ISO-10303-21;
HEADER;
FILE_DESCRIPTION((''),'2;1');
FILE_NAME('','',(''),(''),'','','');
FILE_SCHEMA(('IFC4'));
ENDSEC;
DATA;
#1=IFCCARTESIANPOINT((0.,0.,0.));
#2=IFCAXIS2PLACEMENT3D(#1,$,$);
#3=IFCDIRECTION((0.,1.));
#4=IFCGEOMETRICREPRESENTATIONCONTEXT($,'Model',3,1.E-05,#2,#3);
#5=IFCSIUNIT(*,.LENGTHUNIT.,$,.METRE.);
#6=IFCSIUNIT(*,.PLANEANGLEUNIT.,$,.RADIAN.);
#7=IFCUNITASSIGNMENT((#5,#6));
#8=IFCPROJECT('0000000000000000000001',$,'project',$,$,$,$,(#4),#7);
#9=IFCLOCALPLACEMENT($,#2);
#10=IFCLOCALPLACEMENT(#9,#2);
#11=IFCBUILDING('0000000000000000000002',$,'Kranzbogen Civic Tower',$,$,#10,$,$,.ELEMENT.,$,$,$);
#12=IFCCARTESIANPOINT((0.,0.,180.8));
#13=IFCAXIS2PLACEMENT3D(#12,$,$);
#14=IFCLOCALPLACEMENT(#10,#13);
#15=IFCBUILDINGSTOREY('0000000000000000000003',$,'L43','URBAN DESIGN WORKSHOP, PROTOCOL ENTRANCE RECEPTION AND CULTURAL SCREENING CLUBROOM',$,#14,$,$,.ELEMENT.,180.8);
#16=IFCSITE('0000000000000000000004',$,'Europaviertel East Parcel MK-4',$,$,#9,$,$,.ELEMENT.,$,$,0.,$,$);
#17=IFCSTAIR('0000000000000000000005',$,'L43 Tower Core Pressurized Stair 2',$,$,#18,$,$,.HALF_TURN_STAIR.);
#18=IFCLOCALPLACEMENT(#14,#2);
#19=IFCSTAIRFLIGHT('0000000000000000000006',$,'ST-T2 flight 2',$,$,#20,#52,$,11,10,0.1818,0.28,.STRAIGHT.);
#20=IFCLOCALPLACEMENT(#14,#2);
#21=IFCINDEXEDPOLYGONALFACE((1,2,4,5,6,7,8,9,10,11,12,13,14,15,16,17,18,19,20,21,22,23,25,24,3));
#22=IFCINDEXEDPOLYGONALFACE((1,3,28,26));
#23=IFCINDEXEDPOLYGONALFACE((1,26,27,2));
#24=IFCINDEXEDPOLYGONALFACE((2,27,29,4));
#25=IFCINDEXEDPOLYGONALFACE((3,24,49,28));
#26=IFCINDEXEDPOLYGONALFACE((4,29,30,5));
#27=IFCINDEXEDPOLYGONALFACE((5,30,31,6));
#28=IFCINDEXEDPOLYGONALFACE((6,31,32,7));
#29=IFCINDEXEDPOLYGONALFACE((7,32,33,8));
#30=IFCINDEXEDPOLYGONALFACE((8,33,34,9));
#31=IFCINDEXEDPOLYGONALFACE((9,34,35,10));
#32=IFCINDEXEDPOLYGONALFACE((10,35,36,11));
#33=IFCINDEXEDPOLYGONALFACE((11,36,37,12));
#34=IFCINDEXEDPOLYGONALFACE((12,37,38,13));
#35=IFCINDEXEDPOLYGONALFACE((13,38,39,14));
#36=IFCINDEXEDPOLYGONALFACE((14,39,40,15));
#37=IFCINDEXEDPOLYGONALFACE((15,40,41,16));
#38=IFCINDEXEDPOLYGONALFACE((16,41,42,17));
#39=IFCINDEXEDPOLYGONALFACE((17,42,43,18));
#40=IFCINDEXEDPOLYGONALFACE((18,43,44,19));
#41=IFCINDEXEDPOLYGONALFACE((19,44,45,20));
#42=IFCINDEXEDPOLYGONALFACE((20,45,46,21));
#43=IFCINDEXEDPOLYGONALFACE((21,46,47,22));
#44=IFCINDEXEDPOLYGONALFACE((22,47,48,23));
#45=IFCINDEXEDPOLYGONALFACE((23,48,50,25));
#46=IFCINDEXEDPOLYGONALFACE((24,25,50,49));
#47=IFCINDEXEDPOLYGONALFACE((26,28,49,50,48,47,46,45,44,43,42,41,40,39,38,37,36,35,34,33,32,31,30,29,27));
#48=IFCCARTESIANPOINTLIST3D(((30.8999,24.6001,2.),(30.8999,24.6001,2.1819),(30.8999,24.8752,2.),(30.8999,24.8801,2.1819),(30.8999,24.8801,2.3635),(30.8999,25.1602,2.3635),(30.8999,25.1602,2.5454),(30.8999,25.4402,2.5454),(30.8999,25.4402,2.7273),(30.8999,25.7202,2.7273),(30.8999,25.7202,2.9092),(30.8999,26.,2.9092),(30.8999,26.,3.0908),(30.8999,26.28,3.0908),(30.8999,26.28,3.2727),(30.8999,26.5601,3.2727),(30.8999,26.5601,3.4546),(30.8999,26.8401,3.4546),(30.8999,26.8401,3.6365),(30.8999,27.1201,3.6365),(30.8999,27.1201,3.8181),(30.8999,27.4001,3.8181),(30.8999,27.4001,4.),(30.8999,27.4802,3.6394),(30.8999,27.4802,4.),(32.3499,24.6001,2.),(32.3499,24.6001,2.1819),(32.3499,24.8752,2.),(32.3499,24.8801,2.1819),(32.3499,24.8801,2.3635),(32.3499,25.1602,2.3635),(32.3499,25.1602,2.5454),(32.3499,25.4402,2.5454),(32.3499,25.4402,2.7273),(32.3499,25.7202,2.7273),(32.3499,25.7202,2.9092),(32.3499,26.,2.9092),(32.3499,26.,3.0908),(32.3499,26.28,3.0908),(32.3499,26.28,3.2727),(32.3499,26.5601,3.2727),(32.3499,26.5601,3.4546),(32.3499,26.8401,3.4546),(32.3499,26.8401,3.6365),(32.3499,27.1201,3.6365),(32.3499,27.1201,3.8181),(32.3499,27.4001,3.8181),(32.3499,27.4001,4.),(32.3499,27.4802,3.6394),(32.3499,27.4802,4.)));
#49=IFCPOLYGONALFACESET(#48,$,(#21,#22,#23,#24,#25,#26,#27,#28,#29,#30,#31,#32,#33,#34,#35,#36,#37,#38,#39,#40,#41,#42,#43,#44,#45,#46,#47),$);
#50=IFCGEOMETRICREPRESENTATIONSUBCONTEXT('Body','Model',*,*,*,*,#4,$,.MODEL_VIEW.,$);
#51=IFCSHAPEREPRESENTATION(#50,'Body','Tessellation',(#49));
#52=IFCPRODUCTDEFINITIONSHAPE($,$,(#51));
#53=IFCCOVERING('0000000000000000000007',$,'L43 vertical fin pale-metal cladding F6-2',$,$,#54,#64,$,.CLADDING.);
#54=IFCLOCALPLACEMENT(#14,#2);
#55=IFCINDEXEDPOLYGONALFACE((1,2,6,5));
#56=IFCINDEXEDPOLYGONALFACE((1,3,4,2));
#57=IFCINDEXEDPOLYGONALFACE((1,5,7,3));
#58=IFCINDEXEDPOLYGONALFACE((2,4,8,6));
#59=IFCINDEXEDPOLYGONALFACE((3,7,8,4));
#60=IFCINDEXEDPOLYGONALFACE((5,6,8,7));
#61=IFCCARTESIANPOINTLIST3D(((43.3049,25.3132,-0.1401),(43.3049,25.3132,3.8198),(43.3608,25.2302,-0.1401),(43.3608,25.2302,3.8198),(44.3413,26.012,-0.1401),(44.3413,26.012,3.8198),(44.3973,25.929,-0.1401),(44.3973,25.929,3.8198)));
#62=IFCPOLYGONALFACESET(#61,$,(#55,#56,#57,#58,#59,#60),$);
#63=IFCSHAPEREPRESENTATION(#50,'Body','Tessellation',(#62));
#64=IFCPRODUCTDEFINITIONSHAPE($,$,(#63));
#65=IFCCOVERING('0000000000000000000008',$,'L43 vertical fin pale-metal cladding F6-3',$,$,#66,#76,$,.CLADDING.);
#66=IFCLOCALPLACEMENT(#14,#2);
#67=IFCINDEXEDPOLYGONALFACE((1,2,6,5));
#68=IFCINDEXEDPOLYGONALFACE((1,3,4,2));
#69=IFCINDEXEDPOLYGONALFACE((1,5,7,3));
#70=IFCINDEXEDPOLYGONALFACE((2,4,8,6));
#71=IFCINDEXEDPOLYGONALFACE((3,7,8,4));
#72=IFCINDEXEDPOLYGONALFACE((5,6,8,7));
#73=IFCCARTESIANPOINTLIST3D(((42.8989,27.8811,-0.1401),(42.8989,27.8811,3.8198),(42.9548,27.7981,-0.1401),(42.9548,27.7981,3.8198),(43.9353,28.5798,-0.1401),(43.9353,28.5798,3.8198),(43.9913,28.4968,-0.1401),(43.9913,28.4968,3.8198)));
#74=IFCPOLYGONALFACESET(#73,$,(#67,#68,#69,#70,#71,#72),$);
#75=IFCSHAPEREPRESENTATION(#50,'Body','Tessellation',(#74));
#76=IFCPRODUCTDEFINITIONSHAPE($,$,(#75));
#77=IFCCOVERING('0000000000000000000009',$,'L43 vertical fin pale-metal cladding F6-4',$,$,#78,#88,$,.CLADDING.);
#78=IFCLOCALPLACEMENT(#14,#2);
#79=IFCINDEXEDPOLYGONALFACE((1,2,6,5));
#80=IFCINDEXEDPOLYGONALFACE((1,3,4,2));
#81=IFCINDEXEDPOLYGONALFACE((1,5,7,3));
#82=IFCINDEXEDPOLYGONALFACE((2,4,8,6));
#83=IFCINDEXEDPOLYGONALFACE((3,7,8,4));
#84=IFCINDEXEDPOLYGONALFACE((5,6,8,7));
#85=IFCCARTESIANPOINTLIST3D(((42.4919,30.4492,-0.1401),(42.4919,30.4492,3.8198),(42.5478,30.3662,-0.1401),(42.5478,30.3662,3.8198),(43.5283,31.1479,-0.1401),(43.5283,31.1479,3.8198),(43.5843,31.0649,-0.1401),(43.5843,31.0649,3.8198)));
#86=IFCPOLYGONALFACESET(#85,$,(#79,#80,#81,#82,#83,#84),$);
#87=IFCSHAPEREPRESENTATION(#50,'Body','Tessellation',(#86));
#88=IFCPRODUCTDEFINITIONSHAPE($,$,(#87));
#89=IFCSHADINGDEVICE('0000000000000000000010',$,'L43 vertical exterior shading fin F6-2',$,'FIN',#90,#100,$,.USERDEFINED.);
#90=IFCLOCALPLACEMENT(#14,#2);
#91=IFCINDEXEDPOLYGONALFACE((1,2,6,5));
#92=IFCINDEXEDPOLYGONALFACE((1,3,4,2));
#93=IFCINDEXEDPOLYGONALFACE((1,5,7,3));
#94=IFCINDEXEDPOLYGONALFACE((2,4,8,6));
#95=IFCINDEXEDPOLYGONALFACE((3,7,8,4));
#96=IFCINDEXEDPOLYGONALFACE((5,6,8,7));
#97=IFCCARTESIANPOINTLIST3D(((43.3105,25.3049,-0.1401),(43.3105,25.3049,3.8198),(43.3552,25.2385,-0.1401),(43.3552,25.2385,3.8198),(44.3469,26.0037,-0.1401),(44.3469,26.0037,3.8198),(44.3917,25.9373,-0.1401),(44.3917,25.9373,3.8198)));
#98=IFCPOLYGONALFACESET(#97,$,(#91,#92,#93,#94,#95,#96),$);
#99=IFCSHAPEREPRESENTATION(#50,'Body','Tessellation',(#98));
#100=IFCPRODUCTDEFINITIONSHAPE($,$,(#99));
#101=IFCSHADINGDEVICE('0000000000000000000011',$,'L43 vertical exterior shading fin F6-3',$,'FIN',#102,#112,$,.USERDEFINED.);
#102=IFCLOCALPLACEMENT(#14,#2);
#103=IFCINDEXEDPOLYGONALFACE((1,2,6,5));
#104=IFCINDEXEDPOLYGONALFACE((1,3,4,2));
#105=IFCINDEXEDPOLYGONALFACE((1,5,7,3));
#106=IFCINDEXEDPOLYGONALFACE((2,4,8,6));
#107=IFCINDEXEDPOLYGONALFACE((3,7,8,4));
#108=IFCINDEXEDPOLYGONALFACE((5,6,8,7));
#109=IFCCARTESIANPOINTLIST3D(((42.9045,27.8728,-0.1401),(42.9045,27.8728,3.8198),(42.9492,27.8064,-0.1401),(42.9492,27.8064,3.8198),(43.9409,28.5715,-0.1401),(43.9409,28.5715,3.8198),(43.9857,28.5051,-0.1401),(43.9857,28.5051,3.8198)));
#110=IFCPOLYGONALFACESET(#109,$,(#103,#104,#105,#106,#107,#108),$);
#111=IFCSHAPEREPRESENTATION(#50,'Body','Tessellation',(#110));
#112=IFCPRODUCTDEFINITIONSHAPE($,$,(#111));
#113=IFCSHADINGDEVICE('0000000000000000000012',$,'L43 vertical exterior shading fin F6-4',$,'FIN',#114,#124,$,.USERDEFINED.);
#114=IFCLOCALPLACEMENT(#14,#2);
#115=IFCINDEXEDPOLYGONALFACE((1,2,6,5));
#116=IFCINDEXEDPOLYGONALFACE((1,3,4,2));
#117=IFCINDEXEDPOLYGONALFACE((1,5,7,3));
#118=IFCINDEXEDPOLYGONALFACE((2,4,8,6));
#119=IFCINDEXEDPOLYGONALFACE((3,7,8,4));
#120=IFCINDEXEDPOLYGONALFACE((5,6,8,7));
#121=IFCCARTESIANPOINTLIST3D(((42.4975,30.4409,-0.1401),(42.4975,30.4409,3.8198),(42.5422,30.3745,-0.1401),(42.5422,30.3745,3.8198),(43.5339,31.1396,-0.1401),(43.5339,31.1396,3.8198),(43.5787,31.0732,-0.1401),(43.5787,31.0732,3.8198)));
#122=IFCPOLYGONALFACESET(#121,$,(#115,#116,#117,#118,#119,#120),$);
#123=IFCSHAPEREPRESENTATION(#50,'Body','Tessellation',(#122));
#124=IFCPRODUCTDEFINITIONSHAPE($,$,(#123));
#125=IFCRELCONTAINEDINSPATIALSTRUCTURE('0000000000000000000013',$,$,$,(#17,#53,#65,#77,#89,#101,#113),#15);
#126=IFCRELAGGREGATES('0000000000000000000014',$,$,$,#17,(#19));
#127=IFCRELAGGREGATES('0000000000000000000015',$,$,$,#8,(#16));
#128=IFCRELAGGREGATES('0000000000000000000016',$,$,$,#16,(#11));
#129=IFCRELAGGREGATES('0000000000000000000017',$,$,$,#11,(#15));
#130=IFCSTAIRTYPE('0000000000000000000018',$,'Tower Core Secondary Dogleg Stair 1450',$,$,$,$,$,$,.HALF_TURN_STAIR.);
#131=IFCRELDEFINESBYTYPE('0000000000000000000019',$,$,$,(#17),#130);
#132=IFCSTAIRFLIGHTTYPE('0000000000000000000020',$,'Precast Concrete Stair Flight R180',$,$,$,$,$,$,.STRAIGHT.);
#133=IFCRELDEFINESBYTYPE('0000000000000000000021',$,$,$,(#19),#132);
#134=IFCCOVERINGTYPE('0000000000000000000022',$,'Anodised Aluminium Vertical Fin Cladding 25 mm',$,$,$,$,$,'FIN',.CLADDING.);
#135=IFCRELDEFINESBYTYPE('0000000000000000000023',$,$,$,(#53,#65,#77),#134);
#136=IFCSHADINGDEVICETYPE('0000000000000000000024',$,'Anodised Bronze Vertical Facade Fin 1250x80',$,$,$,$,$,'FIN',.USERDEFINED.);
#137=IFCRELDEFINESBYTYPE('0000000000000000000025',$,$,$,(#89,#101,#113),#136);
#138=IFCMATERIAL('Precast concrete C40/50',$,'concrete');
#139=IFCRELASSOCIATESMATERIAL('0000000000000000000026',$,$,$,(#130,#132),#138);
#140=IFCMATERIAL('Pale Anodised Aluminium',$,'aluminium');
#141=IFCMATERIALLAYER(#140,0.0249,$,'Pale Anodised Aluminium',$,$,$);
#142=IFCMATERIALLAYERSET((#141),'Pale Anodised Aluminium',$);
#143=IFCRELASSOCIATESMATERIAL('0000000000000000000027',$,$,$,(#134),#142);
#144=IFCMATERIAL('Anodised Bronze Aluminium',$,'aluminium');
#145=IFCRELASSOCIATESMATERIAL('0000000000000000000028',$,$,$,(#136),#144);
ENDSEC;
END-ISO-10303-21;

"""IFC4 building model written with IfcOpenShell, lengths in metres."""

from ifc_helpers import new_model, si_unit, direction, frame, origin, origin_2d, place, context, subcontext, project, spatial, polyline, rectangle, outline, extrude, material, layer, layer_set, type_object, element, aggregate, save


model = new_model("IFC4")

# Units and contexts
model_context = context("Model", 3, precision=1e-05, world=origin(), true_north=direction((0.0, 1.0)))
body_context = subcontext(model_context, "Body", "Model", "MODEL_VIEW")
ifc_project = project(units=[si_unit("LENGTHUNIT", "METRE"), si_unit("PLANEANGLEUNIT", "RADIAN")], contexts=[model_context])

# Site, building, storey
site_placement = place(None, origin())
site = spatial("IfcSite", under=ifc_project, at=site_placement, Name="Europaviertel East Parcel MK-4", CompositionType="ELEMENT", RefElevation=0.0)
building_placement = place(site_placement, origin())
building = spatial("IfcBuilding", under=site, at=building_placement, Name="Kranzbogen Civic Tower", CompositionType="ELEMENT")
storey_placement = place(building_placement, frame((0.0, 0.0, 180.8)))
storey = spatial("IfcBuildingStorey", under=building, at=storey_placement, Name="L43", Description="URBAN DESIGN WORKSHOP, PROTOCOL ENTRANCE RECEPTION AND CULTURAL SCREENING CLUBROOM", CompositionType="ELEMENT", Elevation=180.8)

# Shared definitions
ifc_material_1 = material(Name="Pale Anodised Aluminium", Category="aluminium")

# Stair, stair flight
ifc_material_2 = material(Name="Precast concrete C40/50", Category="concrete")
stair_type = type_object("IfcStairType", Name="Tower Core Secondary Dogleg Stair 1450", PredefinedType="HALF_TURN_STAIR", material=ifc_material_2)
stair_placement = place(storey_placement, origin())
stair = element("IfcStair", 1, at=stair_placement, inside=storey, type_object=stair_type, Name="L43 Tower Core Pressurized Stair 2", PredefinedType="HALF_TURN_STAIR")
stair_flight_type = type_object("IfcStairFlightType", Name="Precast Concrete Stair Flight R180", PredefinedType="STRAIGHT", material=ifc_material_2)
stair_flight_1_placement = place(storey_placement, frame((31.625, 24.6001, 2.0), z_axis=(0.0, 0.0, 1.0), x_axis=(0.0, 1.0, 0.0)))
stair_flight_1 = element("IfcStairFlight", 2, at=stair_flight_1_placement, type_object=stair_flight_type, Name="ST-T2 flight 2", NumberOfRisers=11, NumberOfTreads=10, PredefinedType="STRAIGHT", RiserHeight=0.1818, TreadLength=0.28, context=body_context, shape_type="SweptSolid", body=[
    extrude(outline(polyline([(0.0, 0.0), (0.0, 0.1819), (0.28, 0.1819), (0.28, 0.3635), (0.5601, 0.3635), (0.5601, 0.5454), (0.8401, 0.5454), (0.8401, 0.7273), (1.1201, 0.7273), (1.1201, 0.9092), (1.3999, 0.9092), (1.3999, 1.0908), (1.6799, 1.0908), (1.6799, 1.2727), (1.96, 1.2727), (1.96, 1.4546), (2.24, 1.4546), (2.24, 1.6365), (2.52, 1.6365), (2.52, 1.8181), (2.8, 1.8181), (2.8, 2.0), (2.8801, 2.0), (2.8801, 1.6394), (0.2751, 0.0), (0.0, 0.0)])), frame((0.0, 0.7251, 0.0), z_axis=(0.0, -1.0, 0.0), x_axis=(1.0, 0.0, 0.0)), (0.0, 0.0, 1.0), 1.45),
])
aggregate(stair, [stair_flight_1])

# Coverings
ifc_layer_1 = layer(ifc_material_1, 0.0249, Name="Pale Anodised Aluminium")
ifc_layer_set_1 = layer_set([ifc_layer_1], Name="Pale Anodised Aluminium")
covering_type = type_object("IfcCoveringType", Name="Anodised Aluminium Vertical Fin Cladding 25 mm", ElementType="FIN", PredefinedType="CLADDING", material=ifc_layer_set_1)
for number, where, z_axis, x_axis, name in (
    (3, (43.8511, 25.6211, -0.1401), (0.0, 0.0, 1.0), (0.829174, 0.55899, 0.0), "L43 vertical fin pale-metal cladding F6-2"),
    (4, (43.4451, 28.189, -0.1401), (0.0, 0.0, 1.0), (0.829174, 0.55899, 0.0), "L43 vertical fin pale-metal cladding F6-3"),
    (5, (43.0381, 30.7571, -0.1401), (0.0, 0.0, 1.0), (0.829174, 0.55899, 0.0), "L43 vertical fin pale-metal cladding F6-4"),
):
    element("IfcCovering", number, at=place(storey_placement, frame(where, z_axis=z_axis, x_axis=x_axis)), inside=storey, type_object=covering_type, Name=name, PredefinedType="CLADDING", context=body_context, shape_type="SweptSolid", body=[
        extrude(rectangle(XDim=1.25, YDim=0.1001, at=origin_2d()), origin(), (0.0, 0.0, 1.0), 3.96),
    ])

# Shading devices
ifc_material_3 = material(Name="Anodised Bronze Aluminium", Category="aluminium")
shading_device_type = type_object("IfcShadingDeviceType", Name="Anodised Bronze Vertical Facade Fin 1250x80", ElementType="FIN", PredefinedType="USERDEFINED", material=ifc_material_3)
for number, where, z_axis, x_axis, name in (
    (6, (43.8511, 25.6211, -0.1401), (0.0, 0.0, 1.0), (0.829174, 0.55899, 0.0), "L43 vertical exterior shading fin F6-2"),
    (7, (43.4451, 28.189, -0.1401), (0.0, 0.0, 1.0), (0.829174, 0.55899, 0.0), "L43 vertical exterior shading fin F6-3"),
    (8, (43.0381, 30.7571, -0.1401), (0.0, 0.0, 1.0), (0.829174, 0.55899, 0.0), "L43 vertical exterior shading fin F6-4"),
):
    element("IfcShadingDevice", number, at=place(storey_placement, frame(where, z_axis=z_axis, x_axis=x_axis)), inside=storey, type_object=shading_device_type, Name=name, ObjectType="FIN", PredefinedType="USERDEFINED", context=body_context, shape_type="SweptSolid", body=[
        extrude(rectangle(XDim=1.25, YDim=0.0801, at=origin_2d()), origin(), (0.0, 0.0, 1.0), 3.96),
    ])

save(model, "model.ifc")
